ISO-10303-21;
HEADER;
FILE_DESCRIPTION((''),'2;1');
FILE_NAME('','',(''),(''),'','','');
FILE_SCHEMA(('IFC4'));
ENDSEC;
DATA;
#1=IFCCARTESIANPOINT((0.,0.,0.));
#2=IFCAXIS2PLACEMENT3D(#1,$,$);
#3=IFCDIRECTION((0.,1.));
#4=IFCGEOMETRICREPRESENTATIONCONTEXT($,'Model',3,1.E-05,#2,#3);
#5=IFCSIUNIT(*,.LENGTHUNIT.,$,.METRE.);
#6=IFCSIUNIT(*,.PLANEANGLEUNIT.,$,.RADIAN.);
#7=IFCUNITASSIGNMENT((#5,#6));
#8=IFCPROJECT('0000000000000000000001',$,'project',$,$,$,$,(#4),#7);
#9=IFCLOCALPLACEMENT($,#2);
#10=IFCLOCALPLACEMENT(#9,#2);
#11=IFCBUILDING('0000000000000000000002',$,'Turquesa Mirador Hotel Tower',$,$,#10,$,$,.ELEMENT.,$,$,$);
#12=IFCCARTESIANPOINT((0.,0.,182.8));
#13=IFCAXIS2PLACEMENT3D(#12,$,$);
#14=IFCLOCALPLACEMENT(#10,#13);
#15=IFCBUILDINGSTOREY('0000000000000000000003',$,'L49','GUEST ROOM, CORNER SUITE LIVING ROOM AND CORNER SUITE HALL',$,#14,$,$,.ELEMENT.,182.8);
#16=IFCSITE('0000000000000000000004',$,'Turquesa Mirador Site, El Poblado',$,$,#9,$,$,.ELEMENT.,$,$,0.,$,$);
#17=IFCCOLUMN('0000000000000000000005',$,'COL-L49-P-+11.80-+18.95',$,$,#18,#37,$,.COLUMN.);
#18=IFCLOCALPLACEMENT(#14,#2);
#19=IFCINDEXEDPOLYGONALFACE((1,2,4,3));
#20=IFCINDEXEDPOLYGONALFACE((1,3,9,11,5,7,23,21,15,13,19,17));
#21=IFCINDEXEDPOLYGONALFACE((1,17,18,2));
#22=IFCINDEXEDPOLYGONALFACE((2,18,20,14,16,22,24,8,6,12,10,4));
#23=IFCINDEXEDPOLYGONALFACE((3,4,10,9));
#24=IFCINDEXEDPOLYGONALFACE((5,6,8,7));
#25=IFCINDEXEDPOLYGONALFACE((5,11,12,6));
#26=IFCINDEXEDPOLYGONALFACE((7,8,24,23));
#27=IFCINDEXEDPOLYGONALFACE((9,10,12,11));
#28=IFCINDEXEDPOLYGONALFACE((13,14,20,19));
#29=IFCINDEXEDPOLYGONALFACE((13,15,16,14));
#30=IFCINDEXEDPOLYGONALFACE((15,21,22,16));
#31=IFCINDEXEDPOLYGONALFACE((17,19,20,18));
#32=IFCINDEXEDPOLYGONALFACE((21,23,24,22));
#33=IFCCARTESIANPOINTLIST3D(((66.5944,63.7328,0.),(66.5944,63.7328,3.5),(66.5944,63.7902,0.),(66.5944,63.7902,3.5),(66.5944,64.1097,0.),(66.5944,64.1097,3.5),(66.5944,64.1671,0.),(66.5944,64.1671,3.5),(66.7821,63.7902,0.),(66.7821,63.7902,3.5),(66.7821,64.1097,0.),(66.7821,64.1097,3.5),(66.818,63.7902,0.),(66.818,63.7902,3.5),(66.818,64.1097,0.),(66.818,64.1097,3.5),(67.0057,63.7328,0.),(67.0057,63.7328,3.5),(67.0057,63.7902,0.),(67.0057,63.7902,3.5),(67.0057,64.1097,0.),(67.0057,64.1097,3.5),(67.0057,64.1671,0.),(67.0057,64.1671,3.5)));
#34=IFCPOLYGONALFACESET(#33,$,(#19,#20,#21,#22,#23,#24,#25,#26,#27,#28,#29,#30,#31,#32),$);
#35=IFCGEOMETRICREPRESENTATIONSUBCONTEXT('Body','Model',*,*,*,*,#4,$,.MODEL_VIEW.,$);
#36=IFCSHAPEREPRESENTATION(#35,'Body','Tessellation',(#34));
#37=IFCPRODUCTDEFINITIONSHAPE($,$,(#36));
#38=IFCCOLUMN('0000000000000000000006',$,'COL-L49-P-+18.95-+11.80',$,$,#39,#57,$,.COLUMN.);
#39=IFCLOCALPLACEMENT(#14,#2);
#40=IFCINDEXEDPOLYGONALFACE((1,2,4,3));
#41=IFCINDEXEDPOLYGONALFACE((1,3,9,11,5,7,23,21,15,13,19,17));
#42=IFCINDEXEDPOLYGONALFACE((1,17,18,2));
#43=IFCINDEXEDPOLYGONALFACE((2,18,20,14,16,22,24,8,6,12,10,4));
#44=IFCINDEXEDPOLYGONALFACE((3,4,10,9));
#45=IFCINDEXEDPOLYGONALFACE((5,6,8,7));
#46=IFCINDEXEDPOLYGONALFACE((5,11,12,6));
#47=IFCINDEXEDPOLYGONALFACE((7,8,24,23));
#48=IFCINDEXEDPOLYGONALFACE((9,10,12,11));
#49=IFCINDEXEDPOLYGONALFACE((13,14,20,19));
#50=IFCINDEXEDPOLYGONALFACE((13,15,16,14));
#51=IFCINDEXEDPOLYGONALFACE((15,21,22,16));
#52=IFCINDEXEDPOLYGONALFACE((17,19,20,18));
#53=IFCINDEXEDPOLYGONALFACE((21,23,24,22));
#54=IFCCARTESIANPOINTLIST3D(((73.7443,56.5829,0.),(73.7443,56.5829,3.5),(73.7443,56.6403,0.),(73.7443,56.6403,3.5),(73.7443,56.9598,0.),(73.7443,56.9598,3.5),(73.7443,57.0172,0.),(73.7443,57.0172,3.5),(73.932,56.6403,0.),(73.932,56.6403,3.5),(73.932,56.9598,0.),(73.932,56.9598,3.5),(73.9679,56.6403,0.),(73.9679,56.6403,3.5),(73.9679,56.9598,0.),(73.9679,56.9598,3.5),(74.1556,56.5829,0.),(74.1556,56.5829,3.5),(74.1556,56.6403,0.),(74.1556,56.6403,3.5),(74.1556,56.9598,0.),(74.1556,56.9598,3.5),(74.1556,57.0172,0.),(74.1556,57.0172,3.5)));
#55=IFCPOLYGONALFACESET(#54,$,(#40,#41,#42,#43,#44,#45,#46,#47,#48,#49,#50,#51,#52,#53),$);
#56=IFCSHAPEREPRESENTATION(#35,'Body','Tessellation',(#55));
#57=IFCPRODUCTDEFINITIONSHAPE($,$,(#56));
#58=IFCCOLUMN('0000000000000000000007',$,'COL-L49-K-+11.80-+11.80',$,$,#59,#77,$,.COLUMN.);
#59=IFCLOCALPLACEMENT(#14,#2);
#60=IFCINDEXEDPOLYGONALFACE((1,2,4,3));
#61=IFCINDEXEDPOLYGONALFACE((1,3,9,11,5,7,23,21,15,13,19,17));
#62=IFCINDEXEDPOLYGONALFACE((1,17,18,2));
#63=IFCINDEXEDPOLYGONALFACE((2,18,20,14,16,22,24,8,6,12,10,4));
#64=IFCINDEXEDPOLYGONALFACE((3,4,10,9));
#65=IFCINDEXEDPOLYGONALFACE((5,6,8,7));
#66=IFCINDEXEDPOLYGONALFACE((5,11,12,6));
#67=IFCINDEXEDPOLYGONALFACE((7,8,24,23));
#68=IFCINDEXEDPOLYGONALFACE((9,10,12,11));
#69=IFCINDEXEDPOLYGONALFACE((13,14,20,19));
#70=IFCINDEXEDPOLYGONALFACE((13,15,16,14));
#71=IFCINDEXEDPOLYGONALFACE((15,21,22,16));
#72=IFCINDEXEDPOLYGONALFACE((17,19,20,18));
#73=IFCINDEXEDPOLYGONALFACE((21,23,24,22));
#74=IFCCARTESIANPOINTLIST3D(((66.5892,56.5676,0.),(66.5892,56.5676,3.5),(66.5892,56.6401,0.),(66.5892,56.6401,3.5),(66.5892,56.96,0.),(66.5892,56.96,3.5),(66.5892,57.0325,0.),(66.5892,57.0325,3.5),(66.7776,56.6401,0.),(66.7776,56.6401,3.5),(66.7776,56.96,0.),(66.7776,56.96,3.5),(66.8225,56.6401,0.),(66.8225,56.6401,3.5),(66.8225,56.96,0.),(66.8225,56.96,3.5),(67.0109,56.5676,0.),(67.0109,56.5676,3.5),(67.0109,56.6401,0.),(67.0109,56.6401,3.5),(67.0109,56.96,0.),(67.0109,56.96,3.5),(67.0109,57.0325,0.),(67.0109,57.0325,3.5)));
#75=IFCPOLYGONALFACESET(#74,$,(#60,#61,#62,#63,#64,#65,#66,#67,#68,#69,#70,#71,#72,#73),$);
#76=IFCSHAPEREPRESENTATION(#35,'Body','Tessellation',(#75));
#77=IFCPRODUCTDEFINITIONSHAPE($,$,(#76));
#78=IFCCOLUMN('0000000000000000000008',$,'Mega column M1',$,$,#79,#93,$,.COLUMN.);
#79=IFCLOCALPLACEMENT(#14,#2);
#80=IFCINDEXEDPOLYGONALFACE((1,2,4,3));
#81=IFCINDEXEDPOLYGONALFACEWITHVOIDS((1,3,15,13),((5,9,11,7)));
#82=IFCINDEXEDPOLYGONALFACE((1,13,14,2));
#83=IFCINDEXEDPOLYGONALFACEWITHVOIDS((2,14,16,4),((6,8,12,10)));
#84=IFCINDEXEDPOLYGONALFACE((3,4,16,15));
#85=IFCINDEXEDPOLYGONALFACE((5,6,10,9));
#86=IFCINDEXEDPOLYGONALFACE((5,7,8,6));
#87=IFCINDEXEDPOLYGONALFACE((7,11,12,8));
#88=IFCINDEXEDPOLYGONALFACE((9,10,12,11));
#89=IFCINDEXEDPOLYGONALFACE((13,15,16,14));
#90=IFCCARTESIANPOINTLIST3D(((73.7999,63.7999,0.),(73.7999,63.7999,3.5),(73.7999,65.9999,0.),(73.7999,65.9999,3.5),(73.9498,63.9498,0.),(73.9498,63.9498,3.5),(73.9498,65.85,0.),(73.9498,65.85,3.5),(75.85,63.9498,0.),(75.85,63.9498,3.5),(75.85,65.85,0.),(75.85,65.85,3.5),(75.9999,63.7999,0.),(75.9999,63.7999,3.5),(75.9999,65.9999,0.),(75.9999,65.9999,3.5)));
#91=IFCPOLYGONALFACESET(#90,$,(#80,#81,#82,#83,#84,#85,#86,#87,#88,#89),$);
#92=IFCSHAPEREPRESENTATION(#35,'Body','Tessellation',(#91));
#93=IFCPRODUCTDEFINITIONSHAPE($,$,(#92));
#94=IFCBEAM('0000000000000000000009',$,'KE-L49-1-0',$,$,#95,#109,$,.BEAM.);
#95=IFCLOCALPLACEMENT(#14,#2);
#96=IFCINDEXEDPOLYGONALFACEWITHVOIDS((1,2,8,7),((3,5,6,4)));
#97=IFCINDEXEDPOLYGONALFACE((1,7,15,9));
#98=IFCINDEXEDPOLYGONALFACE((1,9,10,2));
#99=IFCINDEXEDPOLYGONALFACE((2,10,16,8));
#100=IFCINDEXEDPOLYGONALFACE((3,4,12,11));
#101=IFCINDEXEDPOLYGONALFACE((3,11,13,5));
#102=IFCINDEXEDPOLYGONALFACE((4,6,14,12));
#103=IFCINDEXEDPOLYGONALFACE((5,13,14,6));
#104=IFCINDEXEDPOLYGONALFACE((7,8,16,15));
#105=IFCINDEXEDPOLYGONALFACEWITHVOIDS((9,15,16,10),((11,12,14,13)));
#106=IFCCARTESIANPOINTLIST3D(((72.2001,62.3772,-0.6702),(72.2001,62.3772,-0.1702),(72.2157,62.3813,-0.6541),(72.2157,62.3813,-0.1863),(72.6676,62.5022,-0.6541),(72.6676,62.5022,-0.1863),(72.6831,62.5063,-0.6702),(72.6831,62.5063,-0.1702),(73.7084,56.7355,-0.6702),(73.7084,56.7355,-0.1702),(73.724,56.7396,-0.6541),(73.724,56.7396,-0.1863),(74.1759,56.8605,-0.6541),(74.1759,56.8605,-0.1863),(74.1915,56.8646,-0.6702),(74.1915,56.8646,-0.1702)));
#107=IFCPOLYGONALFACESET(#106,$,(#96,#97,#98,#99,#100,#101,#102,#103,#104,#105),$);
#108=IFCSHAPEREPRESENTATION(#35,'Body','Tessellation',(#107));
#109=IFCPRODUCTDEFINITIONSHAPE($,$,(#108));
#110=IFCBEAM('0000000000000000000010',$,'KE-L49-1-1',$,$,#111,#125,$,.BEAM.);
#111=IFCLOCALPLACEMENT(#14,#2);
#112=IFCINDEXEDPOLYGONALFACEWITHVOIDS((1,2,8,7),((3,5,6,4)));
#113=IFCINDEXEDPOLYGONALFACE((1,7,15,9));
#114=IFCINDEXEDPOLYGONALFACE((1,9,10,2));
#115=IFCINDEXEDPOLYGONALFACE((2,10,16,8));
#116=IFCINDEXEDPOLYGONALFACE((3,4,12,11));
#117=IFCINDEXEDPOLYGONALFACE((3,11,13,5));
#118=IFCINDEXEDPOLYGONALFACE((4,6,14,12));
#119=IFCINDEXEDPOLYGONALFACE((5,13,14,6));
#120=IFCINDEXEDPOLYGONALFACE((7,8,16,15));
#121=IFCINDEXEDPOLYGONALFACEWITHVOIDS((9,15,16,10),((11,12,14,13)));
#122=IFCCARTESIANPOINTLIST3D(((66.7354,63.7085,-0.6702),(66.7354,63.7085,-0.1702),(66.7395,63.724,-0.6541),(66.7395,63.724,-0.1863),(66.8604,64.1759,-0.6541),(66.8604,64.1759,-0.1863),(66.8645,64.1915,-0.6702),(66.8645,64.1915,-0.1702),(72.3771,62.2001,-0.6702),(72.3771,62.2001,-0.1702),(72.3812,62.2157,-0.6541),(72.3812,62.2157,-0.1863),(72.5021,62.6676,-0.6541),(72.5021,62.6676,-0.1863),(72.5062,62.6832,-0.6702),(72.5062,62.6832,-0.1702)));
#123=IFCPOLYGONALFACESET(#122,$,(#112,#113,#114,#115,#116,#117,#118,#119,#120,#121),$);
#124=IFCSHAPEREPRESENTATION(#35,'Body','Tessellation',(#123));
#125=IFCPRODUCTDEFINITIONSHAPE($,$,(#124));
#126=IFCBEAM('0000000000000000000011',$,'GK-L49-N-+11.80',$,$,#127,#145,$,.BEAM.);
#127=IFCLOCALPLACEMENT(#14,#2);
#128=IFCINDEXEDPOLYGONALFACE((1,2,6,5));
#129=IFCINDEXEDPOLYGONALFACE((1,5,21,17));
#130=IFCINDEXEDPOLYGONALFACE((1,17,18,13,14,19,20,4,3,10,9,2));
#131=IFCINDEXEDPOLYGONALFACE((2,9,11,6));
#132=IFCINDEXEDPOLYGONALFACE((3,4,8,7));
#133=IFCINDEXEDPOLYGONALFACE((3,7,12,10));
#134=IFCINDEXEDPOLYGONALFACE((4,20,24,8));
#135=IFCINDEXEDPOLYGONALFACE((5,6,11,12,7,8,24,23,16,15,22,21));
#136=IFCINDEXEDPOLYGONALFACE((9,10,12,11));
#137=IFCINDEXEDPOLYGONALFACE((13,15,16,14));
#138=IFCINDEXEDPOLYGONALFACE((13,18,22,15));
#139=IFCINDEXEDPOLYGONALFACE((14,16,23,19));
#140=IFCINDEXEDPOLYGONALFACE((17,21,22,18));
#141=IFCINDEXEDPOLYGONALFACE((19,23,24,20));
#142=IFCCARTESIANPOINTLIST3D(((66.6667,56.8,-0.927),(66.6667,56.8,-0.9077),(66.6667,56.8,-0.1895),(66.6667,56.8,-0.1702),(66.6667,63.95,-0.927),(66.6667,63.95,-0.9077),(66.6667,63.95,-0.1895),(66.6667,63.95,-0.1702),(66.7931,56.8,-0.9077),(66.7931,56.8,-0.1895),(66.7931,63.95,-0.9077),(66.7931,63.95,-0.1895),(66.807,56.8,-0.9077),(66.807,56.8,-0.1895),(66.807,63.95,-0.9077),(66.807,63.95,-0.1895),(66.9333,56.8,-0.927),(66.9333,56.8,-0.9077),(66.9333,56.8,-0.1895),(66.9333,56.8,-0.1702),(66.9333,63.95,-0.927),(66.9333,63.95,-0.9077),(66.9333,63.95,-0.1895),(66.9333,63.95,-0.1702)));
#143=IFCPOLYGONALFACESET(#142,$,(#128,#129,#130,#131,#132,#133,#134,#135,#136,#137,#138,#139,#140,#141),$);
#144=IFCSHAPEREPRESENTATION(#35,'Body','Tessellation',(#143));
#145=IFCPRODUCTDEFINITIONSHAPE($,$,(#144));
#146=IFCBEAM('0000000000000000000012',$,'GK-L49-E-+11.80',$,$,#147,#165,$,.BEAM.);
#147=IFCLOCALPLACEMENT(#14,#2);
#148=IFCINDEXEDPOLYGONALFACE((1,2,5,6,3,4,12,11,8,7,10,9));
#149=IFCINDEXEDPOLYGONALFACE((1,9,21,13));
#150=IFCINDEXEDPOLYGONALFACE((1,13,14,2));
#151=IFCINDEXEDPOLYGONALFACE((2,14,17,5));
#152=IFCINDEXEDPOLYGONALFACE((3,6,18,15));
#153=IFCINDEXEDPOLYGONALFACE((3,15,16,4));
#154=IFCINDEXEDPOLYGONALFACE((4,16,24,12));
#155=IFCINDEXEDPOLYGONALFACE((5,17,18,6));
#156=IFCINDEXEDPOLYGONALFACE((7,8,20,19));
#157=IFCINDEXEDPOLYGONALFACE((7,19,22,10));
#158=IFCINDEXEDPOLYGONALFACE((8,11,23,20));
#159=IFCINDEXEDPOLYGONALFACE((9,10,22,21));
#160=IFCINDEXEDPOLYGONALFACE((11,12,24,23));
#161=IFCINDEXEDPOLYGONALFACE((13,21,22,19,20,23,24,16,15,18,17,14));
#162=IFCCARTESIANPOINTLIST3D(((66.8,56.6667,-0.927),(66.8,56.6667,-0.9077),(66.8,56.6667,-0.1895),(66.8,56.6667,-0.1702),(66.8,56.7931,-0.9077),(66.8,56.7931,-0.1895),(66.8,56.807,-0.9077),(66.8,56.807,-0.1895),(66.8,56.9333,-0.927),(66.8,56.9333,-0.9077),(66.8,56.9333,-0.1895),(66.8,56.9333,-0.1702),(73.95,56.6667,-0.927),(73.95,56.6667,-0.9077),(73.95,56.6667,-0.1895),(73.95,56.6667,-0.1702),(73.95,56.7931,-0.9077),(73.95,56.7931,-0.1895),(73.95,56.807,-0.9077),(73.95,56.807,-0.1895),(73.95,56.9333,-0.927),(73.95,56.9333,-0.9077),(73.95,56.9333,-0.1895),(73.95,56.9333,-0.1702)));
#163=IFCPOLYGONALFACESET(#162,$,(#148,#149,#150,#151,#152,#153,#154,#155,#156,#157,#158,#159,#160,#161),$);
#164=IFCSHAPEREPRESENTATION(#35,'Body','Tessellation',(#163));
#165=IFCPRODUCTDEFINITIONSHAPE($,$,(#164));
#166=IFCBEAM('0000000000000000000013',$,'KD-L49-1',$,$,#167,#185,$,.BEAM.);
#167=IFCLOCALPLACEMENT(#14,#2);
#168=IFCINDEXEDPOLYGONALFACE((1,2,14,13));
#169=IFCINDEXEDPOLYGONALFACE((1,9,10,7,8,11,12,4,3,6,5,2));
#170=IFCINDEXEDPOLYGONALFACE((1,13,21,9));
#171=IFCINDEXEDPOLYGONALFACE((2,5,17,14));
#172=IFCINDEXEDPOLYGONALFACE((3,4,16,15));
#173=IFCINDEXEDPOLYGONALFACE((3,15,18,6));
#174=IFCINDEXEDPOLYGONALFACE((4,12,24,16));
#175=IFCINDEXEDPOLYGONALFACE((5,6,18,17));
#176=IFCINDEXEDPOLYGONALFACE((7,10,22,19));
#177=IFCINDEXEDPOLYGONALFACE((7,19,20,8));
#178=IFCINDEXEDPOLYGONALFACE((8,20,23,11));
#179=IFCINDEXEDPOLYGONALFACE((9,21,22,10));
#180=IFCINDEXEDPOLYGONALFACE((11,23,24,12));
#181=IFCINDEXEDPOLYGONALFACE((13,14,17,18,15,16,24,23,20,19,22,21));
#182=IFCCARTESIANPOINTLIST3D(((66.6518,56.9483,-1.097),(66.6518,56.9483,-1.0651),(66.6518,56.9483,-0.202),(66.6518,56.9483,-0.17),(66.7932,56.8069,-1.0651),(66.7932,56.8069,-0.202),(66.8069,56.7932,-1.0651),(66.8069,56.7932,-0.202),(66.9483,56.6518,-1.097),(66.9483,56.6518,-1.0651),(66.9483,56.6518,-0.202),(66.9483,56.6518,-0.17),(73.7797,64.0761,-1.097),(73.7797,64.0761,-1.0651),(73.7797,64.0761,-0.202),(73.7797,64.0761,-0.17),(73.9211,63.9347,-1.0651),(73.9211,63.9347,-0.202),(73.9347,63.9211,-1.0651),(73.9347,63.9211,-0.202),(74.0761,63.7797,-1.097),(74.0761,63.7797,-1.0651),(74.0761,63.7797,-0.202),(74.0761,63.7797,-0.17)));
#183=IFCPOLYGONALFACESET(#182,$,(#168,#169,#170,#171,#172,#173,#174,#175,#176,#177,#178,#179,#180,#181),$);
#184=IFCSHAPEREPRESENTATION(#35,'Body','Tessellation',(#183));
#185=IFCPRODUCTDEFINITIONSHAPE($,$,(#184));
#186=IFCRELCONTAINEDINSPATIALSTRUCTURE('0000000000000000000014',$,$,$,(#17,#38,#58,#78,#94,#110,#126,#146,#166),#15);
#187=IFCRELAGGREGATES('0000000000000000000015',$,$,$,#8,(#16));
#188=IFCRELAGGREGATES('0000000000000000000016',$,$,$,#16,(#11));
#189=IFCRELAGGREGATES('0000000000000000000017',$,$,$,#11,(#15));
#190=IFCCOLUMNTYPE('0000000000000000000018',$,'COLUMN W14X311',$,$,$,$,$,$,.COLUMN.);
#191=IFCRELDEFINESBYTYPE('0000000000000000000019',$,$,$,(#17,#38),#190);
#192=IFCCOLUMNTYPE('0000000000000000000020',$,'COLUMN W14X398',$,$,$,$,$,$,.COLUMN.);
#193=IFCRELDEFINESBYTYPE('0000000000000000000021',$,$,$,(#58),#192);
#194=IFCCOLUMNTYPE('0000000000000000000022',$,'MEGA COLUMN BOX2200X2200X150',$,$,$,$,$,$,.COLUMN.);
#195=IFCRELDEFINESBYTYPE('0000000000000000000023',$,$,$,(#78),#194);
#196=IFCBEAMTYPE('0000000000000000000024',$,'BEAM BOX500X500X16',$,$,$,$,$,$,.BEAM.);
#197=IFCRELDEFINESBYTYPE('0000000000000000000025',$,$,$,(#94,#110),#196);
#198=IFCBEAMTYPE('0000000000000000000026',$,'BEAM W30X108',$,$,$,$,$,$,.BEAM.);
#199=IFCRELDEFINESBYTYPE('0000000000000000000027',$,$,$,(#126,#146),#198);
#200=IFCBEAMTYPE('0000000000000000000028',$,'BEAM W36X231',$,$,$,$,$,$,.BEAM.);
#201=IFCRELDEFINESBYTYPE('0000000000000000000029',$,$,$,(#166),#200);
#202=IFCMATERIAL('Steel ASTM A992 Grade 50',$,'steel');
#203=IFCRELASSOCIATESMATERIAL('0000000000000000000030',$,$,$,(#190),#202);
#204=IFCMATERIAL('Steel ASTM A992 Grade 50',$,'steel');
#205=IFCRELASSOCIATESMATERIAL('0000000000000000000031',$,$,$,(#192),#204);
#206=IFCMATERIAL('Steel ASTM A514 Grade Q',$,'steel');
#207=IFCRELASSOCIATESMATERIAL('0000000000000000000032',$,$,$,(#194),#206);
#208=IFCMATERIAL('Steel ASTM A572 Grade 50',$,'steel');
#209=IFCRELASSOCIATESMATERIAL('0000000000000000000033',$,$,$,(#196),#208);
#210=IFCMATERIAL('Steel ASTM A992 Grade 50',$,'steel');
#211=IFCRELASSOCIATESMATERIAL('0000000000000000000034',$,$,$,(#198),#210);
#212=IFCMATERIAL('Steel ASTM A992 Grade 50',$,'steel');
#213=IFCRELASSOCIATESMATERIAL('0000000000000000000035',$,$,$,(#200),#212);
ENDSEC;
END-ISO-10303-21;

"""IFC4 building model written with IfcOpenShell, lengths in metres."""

from ifc_helpers import new_model, si_unit, direction, frame, origin, origin_2d, place, context, subcontext, project, spatial, hollow_rectangle, i_section, extrude, material, material_profile, profile_set, type_object, element, save


model = new_model("IFC4")

# Units and contexts
model_context = context("Model", 3, precision=1e-05, world=origin(), true_north=direction((0.0, 1.0)))
body_context = subcontext(model_context, "Body", "Model", "MODEL_VIEW")
ifc_project = project(units=[si_unit("LENGTHUNIT", "METRE"), si_unit("PLANEANGLEUNIT", "RADIAN")], contexts=[model_context])

# Site, building, storey
site_placement = place(None, origin())
site = spatial("IfcSite", under=ifc_project, at=site_placement, Name="Turquesa Mirador Site, El Poblado", CompositionType="ELEMENT", RefElevation=0.0)
building_placement = place(site_placement, origin())
building = spatial("IfcBuilding", under=site, at=building_placement, Name="Turquesa Mirador Hotel Tower", CompositionType="ELEMENT")
storey_placement = place(building_placement, frame((0.0, 0.0, 182.8)))
storey = spatial("IfcBuildingStorey", under=building, at=storey_placement, Name="L49", Description="GUEST ROOM, CORNER SUITE LIVING ROOM AND CORNER SUITE HALL", CompositionType="ELEMENT", Elevation=182.8)

# Columns
ifc_material_1 = material(Name="Steel ASTM A992 Grade 50", Category="steel")
ifc_material_profile_1 = material_profile(ifc_material_1, i_section(OverallWidth=0.4114, OverallDepth=0.4343, WebThickness=0.0359, FlangeThickness=0.0574, at=origin_2d()), Name="W14X311")
ifc_profile_set_1 = profile_set([ifc_material_profile_1], Name="Steel ASTM A992 Grade 50")
column_type_1 = type_object("IfcColumnType", Name="COLUMN W14X311", PredefinedType="COLUMN", material=ifc_profile_set_1)
for number, where, z_axis, x_axis, name in (
    (1, (66.8, 63.95, 0.0), (0.0, 0.0, 1.0), (1.0, 0.0, 0.0), "COL-L49-P-+11.80-+18.95"),
    (2, (73.95, 56.8, 0.0), (0.0, 0.0, 1.0), (1.0, 0.0, 0.0), "COL-L49-P-+18.95-+11.80"),
):
    element("IfcColumn", number, at=place(storey_placement, frame(where, z_axis=z_axis, x_axis=x_axis)), inside=storey, type_object=column_type_1, Name=name, PredefinedType="COLUMN", context=body_context, shape_type="SweptSolid", body=[
        extrude(i_section(OverallWidth=0.4114, OverallDepth=0.4343, WebThickness=0.0359, FlangeThickness=0.0574, at=origin_2d()), origin(), (0.0, 0.0, 1.0), 3.5),
    ])
ifc_material_2 = material(Name="Steel ASTM A992 Grade 50", Category="steel")
ifc_material_profile_2 = material_profile(ifc_material_2, i_section(OverallWidth=0.4216, OverallDepth=0.4648, WebThickness=0.0449, FlangeThickness=0.0725, at=origin_2d()), Name="W14X398")
ifc_profile_set_2 = profile_set([ifc_material_profile_2], Name="Steel ASTM A992 Grade 50")
column_type_2 = type_object("IfcColumnType", Name="COLUMN W14X398", PredefinedType="COLUMN", material=ifc_profile_set_2)
column_1_placement = place(storey_placement, frame((66.8, 56.8, 0.0), z_axis=(0.0, 0.0, 1.0), x_axis=(1.0, 0.0, 0.0)))
element("IfcColumn", 3, at=column_1_placement, inside=storey, type_object=column_type_2, Name="COL-L49-K-+11.80-+11.80", PredefinedType="COLUMN", context=body_context, shape_type="SweptSolid", body=[
    extrude(i_section(OverallWidth=0.4216, OverallDepth=0.4648, WebThickness=0.0449, FlangeThickness=0.0725, at=origin_2d()), origin(), (0.0, 0.0, 1.0), 3.5),
])
ifc_material_3 = material(Name="Steel ASTM A514 Grade Q", Category="steel")
ifc_material_profile_3 = material_profile(ifc_material_3, hollow_rectangle(XDim=2.2, YDim=2.2, WallThickness=0.1499, at=origin_2d()), Name="BOX2200X2200X150")
ifc_profile_set_3 = profile_set([ifc_material_profile_3], Name="Steel ASTM A514 Grade Q")
column_type_3 = type_object("IfcColumnType", Name="MEGA COLUMN BOX2200X2200X150", PredefinedType="COLUMN", material=ifc_profile_set_3)
column_2_placement = place(storey_placement, frame((74.8999, 64.8999, 0.0), z_axis=(0.0, 0.0, 1.0), x_axis=(1.0, 0.0, 0.0)))
element("IfcColumn", 4, at=column_2_placement, inside=storey, type_object=column_type_3, Name="Mega column M1", PredefinedType="COLUMN", context=body_context, shape_type="SweptSolid", body=[
    extrude(hollow_rectangle(XDim=2.2, YDim=2.2, WallThickness=0.1499, at=origin_2d()), origin(), (0.0, 0.0, 1.0), 3.5),
])

# Beams
ifc_material_4 = material(Name="Steel ASTM A572 Grade 50", Category="steel")
ifc_material_profile_4 = material_profile(ifc_material_4, hollow_rectangle(XDim=0.5, YDim=0.5, WallThickness=0.0161, at=origin_2d()), Name="BOX500X500X16")
ifc_profile_set_4 = profile_set([ifc_material_profile_4], Name="Steel ASTM A572 Grade 50")
beam_type_1 = type_object("IfcBeamType", Name="BEAM BOX500X500X16", PredefinedType="BEAM", material=ifc_profile_set_4)
for number, where, z_axis, x_axis, name in (
    (5, (73.95, 56.8, -0.4202), (-0.258282, 0.96607, 0.0), (-0.96607, -0.258282, 0.0), "KE-L49-1-0"),
    (6, (72.4417, 62.4417, -0.4202), (-0.96607, 0.258282, 0.0), (-0.258282, -0.96607, 0.0), "KE-L49-1-1"),
):
    element("IfcBeam", number, at=place(storey_placement, frame(where, z_axis=z_axis, x_axis=x_axis)), inside=storey, type_object=beam_type_1, Name=name, PredefinedType="BEAM", context=body_context, shape_type="SweptSolid", body=[
        extrude(hollow_rectangle(XDim=0.5, YDim=0.5, WallThickness=0.0161, at=origin_2d()), origin(), (0.0, 0.0, 1.0), 5.8398),
    ])
ifc_material_5 = material(Name="Steel ASTM A992 Grade 50", Category="steel")
ifc_material_profile_5 = material_profile(ifc_material_5, i_section(OverallWidth=0.2666, OverallDepth=0.7568, WebThickness=0.0139, FlangeThickness=0.0193, at=origin_2d()), Name="W30X108")
ifc_profile_set_5 = profile_set([ifc_material_profile_5], Name="Steel ASTM A992 Grade 50")
beam_type_2 = type_object("IfcBeamType", Name="BEAM W30X108", PredefinedType="BEAM", material=ifc_profile_set_5)
for number, where, z_axis, x_axis, name in (
    (7, (66.8, 63.95, -0.5486), (0.0, -1.0, 0.0), (1.0, 0.0, 0.0), "GK-L49-N-+11.80"),
    (8, (73.95, 56.8, -0.5486), (-1.0, 0.0, 0.0), (0.0, -1.0, 0.0), "GK-L49-E-+11.80"),
):
    element("IfcBeam", number, at=place(storey_placement, frame(where, z_axis=z_axis, x_axis=x_axis)), inside=storey, type_object=beam_type_2, Name=name, PredefinedType="BEAM", context=body_context, shape_type="SweptSolid", body=[
        extrude(i_section(OverallWidth=0.2666, OverallDepth=0.7568, WebThickness=0.0139, FlangeThickness=0.0193, at=origin_2d()), origin(), (0.0, 0.0, 1.0), 7.1499),
    ])
ifc_material_6 = material(Name="Steel ASTM A992 Grade 50", Category="steel")
ifc_material_profile_6 = material_profile(ifc_material_6, i_section(OverallWidth=0.4192, OverallDepth=0.927, WebThickness=0.0193, FlangeThickness=0.032, at=origin_2d()), Name="W36X231")
ifc_profile_set_6 = profile_set([ifc_material_profile_6], Name="Steel ASTM A992 Grade 50")
beam_type_3 = type_object("IfcBeamType", Name="BEAM W36X231", PredefinedType="BEAM", material=ifc_profile_set_6)
beam_placement = place(storey_placement, frame((66.8, 56.8, -0.6335), z_axis=(0.707107, 0.707107, 0.0), x_axis=(-0.707107, 0.707107, 0.0)))
element("IfcBeam", 9, at=beam_placement, inside=storey, type_object=beam_type_3, Name="KD-L49-1", PredefinedType="BEAM", context=body_context, shape_type="SweptSolid", body=[
    extrude(i_section(OverallWidth=0.4192, OverallDepth=0.927, WebThickness=0.0193, FlangeThickness=0.032, at=origin_2d()), origin(), (0.0, 0.0, 1.0), 10.0803),
])

save(model, "model.ifc")
